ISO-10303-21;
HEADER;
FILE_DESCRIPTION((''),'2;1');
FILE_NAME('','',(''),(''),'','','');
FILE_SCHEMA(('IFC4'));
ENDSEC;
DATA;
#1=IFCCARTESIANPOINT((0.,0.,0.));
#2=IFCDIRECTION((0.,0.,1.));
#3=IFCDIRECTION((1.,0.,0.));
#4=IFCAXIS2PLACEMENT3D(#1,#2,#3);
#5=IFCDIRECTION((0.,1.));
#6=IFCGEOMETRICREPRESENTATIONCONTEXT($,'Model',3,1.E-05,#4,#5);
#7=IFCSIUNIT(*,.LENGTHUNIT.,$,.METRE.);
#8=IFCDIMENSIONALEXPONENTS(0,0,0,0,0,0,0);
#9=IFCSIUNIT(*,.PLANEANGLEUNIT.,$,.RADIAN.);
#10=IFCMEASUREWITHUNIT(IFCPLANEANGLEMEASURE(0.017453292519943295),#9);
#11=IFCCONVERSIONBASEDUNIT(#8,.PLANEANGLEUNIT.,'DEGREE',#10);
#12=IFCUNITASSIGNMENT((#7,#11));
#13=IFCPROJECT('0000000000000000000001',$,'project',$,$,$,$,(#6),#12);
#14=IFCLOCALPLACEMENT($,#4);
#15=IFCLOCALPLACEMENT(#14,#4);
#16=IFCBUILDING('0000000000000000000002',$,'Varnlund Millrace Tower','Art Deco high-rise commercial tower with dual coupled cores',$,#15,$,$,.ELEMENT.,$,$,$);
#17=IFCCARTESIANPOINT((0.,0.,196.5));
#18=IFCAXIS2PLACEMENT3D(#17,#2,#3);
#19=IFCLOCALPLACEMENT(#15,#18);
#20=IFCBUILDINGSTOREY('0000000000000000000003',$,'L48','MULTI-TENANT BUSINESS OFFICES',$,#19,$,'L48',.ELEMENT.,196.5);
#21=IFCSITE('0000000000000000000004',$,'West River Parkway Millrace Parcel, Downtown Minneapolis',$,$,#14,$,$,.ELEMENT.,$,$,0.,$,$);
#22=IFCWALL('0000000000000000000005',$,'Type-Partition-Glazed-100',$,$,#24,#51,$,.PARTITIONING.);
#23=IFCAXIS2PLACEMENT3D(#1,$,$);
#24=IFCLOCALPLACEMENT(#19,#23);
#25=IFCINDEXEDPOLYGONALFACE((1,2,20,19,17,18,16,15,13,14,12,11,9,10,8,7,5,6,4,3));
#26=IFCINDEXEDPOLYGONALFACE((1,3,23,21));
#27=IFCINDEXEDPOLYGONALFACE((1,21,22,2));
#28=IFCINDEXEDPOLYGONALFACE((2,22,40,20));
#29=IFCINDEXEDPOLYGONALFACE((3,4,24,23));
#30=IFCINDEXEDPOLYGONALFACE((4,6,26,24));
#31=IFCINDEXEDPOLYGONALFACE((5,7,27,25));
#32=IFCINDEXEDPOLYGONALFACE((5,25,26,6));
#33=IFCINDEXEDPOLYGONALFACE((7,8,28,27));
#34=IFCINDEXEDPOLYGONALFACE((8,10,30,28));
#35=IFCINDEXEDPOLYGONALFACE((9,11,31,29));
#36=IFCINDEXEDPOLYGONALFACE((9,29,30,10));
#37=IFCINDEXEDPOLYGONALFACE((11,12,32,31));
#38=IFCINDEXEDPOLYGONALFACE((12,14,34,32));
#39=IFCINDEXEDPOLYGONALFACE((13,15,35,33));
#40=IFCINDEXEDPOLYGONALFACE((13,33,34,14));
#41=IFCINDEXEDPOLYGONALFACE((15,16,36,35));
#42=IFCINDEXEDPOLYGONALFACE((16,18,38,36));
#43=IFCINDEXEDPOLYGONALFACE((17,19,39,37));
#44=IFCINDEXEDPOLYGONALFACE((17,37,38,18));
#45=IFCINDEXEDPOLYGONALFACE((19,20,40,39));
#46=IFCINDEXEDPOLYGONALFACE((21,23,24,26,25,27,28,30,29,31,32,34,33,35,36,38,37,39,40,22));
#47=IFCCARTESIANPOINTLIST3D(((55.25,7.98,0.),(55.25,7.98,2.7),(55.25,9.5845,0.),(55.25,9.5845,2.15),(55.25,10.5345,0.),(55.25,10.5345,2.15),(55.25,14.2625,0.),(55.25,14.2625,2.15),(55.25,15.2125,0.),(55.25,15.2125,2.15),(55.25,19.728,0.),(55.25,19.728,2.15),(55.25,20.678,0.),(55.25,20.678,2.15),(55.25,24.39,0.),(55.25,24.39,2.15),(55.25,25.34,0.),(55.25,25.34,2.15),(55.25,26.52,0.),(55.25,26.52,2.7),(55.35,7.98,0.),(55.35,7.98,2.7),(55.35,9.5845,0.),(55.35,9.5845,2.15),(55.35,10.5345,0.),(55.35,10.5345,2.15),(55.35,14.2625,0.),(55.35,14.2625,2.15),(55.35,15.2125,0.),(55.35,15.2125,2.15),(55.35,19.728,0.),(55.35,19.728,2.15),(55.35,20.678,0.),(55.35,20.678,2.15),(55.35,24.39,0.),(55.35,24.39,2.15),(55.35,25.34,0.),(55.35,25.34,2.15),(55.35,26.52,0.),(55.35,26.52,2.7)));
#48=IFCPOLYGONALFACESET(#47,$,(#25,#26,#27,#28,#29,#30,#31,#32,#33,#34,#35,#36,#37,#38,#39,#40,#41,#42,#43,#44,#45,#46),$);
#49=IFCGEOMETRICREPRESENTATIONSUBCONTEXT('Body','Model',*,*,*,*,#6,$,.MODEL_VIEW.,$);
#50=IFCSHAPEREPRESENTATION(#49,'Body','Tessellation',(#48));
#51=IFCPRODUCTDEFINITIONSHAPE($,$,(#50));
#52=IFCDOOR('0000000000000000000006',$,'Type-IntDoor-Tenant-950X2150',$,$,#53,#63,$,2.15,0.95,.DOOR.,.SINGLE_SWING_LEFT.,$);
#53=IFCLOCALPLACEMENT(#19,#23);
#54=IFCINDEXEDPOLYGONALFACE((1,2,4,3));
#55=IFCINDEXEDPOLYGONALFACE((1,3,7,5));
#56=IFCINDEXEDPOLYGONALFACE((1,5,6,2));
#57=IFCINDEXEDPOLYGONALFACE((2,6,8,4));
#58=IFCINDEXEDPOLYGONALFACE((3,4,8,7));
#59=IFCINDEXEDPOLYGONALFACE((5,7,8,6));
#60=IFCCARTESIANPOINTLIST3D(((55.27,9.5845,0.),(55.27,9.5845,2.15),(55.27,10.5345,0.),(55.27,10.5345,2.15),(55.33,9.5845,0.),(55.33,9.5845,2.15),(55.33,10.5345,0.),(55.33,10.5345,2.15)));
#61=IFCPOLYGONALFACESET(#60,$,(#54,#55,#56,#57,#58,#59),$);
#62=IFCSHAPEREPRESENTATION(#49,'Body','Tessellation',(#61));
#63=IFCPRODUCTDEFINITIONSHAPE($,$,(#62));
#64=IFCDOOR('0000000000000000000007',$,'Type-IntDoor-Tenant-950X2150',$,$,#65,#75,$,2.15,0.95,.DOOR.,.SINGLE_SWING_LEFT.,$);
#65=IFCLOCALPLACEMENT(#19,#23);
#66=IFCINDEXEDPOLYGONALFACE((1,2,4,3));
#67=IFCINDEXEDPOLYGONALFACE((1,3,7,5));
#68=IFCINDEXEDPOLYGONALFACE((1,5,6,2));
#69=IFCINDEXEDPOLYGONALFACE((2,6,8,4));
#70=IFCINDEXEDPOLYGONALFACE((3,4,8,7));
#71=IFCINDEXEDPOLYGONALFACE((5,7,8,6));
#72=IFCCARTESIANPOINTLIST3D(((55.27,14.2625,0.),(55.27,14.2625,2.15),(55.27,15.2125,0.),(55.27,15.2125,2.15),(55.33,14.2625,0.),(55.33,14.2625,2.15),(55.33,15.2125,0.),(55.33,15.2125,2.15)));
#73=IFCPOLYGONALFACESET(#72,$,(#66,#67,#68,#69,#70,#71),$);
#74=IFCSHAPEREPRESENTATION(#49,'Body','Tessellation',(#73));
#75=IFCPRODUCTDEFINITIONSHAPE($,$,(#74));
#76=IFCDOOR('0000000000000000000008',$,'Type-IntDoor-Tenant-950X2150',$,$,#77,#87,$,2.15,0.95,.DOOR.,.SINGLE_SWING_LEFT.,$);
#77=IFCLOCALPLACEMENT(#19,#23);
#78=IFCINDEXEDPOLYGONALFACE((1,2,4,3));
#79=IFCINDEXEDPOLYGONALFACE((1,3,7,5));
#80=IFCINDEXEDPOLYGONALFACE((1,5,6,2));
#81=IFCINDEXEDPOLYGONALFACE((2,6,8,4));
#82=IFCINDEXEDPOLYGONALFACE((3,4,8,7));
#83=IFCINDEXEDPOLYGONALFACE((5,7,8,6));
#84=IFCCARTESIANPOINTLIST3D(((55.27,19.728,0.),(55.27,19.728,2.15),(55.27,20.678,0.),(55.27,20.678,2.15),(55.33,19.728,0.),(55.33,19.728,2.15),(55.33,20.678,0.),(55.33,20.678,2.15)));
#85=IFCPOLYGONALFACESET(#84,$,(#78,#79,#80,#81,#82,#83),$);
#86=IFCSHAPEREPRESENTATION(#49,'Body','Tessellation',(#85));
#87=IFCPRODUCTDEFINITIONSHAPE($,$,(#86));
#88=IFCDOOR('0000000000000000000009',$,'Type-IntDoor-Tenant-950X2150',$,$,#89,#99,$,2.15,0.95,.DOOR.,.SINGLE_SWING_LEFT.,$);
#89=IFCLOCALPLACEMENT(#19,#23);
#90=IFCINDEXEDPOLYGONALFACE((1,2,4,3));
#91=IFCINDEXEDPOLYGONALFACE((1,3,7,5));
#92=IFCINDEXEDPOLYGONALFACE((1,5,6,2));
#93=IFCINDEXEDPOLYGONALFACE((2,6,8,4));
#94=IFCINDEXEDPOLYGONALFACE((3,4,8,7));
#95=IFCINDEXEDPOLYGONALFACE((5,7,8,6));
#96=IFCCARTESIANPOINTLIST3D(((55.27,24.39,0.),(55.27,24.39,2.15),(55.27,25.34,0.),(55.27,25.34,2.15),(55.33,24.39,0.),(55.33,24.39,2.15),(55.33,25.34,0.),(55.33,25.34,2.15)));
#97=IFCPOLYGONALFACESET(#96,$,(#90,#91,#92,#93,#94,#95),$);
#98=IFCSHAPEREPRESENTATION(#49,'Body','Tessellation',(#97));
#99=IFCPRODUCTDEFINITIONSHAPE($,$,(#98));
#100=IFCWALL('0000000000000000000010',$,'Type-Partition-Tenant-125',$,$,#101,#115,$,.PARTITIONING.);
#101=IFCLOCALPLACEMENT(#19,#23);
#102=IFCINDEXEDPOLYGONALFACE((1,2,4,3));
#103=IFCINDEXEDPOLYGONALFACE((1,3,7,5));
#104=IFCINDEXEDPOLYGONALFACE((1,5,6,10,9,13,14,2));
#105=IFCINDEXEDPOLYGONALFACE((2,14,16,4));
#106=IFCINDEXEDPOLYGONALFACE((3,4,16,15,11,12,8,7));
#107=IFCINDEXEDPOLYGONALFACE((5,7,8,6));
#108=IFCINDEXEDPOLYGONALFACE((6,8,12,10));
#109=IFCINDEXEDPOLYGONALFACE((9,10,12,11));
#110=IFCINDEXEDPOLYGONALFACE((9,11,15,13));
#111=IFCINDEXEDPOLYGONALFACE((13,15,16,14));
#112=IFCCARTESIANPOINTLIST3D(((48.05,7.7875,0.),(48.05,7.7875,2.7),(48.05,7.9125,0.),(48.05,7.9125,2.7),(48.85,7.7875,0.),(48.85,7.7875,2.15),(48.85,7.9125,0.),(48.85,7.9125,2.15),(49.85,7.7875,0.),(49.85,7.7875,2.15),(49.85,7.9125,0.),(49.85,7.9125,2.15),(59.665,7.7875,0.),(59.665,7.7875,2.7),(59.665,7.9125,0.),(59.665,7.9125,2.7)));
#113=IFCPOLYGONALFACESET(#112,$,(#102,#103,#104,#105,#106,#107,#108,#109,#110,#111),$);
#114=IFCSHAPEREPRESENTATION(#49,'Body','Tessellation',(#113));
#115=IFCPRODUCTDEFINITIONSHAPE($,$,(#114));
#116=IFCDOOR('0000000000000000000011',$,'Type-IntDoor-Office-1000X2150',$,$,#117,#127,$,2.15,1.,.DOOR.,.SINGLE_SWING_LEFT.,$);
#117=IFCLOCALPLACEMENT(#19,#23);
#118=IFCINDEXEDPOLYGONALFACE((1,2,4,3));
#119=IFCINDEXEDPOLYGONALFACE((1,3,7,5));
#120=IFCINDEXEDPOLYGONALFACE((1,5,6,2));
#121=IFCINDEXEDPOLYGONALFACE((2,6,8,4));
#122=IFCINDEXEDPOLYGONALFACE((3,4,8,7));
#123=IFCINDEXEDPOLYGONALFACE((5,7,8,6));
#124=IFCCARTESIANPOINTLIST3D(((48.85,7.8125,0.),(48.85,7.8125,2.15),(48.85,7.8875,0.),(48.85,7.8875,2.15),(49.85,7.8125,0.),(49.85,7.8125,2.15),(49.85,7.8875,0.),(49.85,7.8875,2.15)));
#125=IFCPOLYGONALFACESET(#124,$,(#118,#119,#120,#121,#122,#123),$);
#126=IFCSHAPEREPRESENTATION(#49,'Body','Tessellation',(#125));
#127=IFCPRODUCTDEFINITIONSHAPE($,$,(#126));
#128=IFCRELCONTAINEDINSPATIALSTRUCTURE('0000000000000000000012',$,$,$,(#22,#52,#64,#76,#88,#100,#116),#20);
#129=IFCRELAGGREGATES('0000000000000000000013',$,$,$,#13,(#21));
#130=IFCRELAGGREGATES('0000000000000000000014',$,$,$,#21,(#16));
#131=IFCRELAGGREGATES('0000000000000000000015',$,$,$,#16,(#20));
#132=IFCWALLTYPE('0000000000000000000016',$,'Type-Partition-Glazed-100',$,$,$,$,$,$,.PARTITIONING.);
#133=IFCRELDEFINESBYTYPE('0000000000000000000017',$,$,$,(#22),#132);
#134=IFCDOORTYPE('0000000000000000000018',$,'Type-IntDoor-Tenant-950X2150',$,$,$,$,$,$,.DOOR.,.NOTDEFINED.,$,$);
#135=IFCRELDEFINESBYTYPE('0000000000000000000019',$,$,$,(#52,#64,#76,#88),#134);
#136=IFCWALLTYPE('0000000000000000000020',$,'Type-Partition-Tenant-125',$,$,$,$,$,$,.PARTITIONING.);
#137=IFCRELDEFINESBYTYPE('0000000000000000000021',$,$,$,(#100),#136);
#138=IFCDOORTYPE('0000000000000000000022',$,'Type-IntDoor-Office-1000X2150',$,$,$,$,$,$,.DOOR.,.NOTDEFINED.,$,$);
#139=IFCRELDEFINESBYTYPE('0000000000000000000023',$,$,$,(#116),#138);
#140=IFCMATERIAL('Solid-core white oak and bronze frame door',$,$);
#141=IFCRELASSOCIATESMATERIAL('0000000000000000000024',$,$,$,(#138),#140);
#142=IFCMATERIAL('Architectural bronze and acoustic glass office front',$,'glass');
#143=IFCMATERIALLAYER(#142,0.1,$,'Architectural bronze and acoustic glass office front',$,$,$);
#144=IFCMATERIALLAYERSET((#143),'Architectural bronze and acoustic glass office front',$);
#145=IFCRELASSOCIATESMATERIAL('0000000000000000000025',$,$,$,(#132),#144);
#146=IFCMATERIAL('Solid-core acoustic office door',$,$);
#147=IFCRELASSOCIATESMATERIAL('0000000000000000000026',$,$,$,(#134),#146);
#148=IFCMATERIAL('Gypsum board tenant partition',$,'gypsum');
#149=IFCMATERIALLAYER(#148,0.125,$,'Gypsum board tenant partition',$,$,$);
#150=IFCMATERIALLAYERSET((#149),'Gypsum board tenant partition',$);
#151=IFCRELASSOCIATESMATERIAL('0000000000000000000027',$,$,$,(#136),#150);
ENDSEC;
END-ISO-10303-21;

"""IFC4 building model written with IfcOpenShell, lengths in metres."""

from ifc_helpers import new_model, entity, si_unit, converted_unit, direction, frame, origin_with_axes, origin_2d_with_axis, place, context, subcontext, project, spatial, polyline, rectangle, outline, extrude, material, layer, layer_set, type_object, element, fill, save


model = new_model("IFC4")

# Units and contexts
model_context = context("Model", 3, precision=1e-05, world=origin_with_axes(), true_north=direction((0.0, 1.0)))
body_context = subcontext(model_context, "Body", "Model", "MODEL_VIEW")
ifc_project = project(units=[si_unit("LENGTHUNIT", "METRE"), converted_unit("PLANEANGLEUNIT", "DEGREE", entity("IfcPlaneAngleMeasure", 0.017453292519943295), si_unit("PLANEANGLEUNIT", "RADIAN"), dimensions=[0, 0, 0, 0, 0, 0, 0])], contexts=[model_context])

# Site, building, storey
site_placement = place(None, origin_with_axes())
site = spatial("IfcSite", under=ifc_project, at=site_placement, Name="West River Parkway Millrace Parcel, Downtown Minneapolis", CompositionType="ELEMENT", RefElevation=0.0)
building_placement = place(site_placement, origin_with_axes())
building = spatial("IfcBuilding", under=site, at=building_placement, Name="Varnlund Millrace Tower", Description="Art Deco high-rise commercial tower with dual coupled cores", CompositionType="ELEMENT")
storey_placement = place(building_placement, frame((0.0, 0.0, 196.5), z_axis=(0.0, 0.0, 1.0), x_axis=(1.0, 0.0, 0.0)))
storey = spatial("IfcBuildingStorey", under=building, at=storey_placement, Name="L48", Description="MULTI-TENANT BUSINESS OFFICES", LongName="L48", CompositionType="ELEMENT", Elevation=196.5)

# Wall, openings, doors
ifc_material_1 = material(Name="Solid-core white oak and bronze frame door")
door_type_1 = type_object("IfcDoorType", Name="Type-IntDoor-Office-1000X2150", OperationType="NOTDEFINED", PredefinedType="DOOR", material=ifc_material_1)
ifc_material_2 = material(Name="Architectural bronze and acoustic glass office front", Category="glass")
ifc_layer_1 = layer(ifc_material_2, 0.1, Name="Architectural bronze and acoustic glass office front")
ifc_layer_set_1 = layer_set([ifc_layer_1], Name="Architectural bronze and acoustic glass office front")
wall_type_1 = type_object("IfcWallType", Name="Type-Partition-Glazed-100", PredefinedType="PARTITIONING", material=ifc_layer_set_1)
wall_1_placement = place(storey_placement, frame((55.3, 7.98, 0.0), z_axis=(0.0, 0.0, 1.0), x_axis=(0.0, 1.0, 0.0)))
wall_1 = element("IfcWall", 1, at=wall_1_placement, inside=storey, type_object=wall_type_1, Name="Type-Partition-Glazed-100", PredefinedType="PARTITIONING", context=body_context, shape_type="SweptSolid", body=[
    extrude(outline(polyline([(0.0, -0.05), (18.54, -0.05), (18.54, 0.05), (0.0, 0.05), (0.0, -0.05)])), origin_with_axes(), (0.0, 0.0, 1.0), 2.7),
])
opening_1_placement = place(wall_1_placement, frame((2.0795, 0.0, 0.0), z_axis=(0.0, 0.0, 1.0), x_axis=(1.0, 0.0, 0.0)))
opening_1 = element("IfcOpeningElement", 2, at=opening_1_placement, cuts=wall_1, PredefinedType="OPENING", context=body_context, shape_type="SweptSolid", body=[
    extrude(rectangle(XDim=0.95, YDim=0.12, at=origin_2d_with_axis()), origin_with_axes(), (0.0, 0.0, 1.0), 2.15),
])
opening_2_placement = place(wall_1_placement, frame((6.7575, 0.0, 0.0), z_axis=(0.0, 0.0, 1.0), x_axis=(1.0, 0.0, 0.0)))
opening_2 = element("IfcOpeningElement", 3, at=opening_2_placement, cuts=wall_1, PredefinedType="OPENING", context=body_context, shape_type="SweptSolid", body=[
    extrude(rectangle(XDim=0.95, YDim=0.12, at=origin_2d_with_axis()), origin_with_axes(), (0.0, 0.0, 1.0), 2.15),
])
opening_3_placement = place(wall_1_placement, frame((12.223, 0.0, 0.0), z_axis=(0.0, 0.0, 1.0), x_axis=(1.0, 0.0, 0.0)))
opening_3 = element("IfcOpeningElement", 4, at=opening_3_placement, cuts=wall_1, PredefinedType="OPENING", context=body_context, shape_type="SweptSolid", body=[
    extrude(rectangle(XDim=0.95, YDim=0.12, at=origin_2d_with_axis()), origin_with_axes(), (0.0, 0.0, 1.0), 2.15),
])
opening_4_placement = place(wall_1_placement, frame((16.885, 0.0, 0.0), z_axis=(0.0, 0.0, 1.0), x_axis=(1.0, 0.0, 0.0)))
opening_4 = element("IfcOpeningElement", 5, at=opening_4_placement, cuts=wall_1, PredefinedType="OPENING", context=body_context, shape_type="SweptSolid", body=[
    extrude(rectangle(XDim=0.95, YDim=0.12, at=origin_2d_with_axis()), origin_with_axes(), (0.0, 0.0, 1.0), 2.15),
])
ifc_material_3 = material(Name="Solid-core acoustic office door")
door_type_2 = type_object("IfcDoorType", Name="Type-IntDoor-Tenant-950X2150", OperationType="NOTDEFINED", PredefinedType="DOOR", material=ifc_material_3)
door_1_placement = place(wall_1_placement, frame((2.0795, 0.0, 0.0), z_axis=(0.0, 0.0, 1.0), x_axis=(1.0, 0.0, 0.0)))
door_1 = element("IfcDoor", 6, at=door_1_placement, inside=storey, type_object=door_type_2, Name="Type-IntDoor-Tenant-950X2150", OperationType="SINGLE_SWING_LEFT", OverallHeight=2.15, OverallWidth=0.95, PredefinedType="DOOR", context=body_context, shape_type="SweptSolid", body=[
    extrude(rectangle(XDim=0.95, YDim=0.06, at=origin_2d_with_axis()), origin_with_axes(), (0.0, 0.0, 1.0), 2.15),
])
fill(opening_1, door_1)
door_2_placement = place(wall_1_placement, frame((6.7575, 0.0, 0.0), z_axis=(0.0, 0.0, 1.0), x_axis=(1.0, 0.0, 0.0)))
door_2 = element("IfcDoor", 7, at=door_2_placement, inside=storey, type_object=door_type_2, Name="Type-IntDoor-Tenant-950X2150", OperationType="SINGLE_SWING_LEFT", OverallHeight=2.15, OverallWidth=0.95, PredefinedType="DOOR", context=body_context, shape_type="SweptSolid", body=[
    extrude(rectangle(XDim=0.95, YDim=0.06, at=origin_2d_with_axis()), origin_with_axes(), (0.0, 0.0, 1.0), 2.15),
])
fill(opening_2, door_2)
door_3_placement = place(wall_1_placement, frame((12.223, 0.0, 0.0), z_axis=(0.0, 0.0, 1.0), x_axis=(1.0, 0.0, 0.0)))
door_3 = element("IfcDoor", 8, at=door_3_placement, inside=storey, type_object=door_type_2, Name="Type-IntDoor-Tenant-950X2150", OperationType="SINGLE_SWING_LEFT", OverallHeight=2.15, OverallWidth=0.95, PredefinedType="DOOR", context=body_context, shape_type="SweptSolid", body=[
    extrude(rectangle(XDim=0.95, YDim=0.06, at=origin_2d_with_axis()), origin_with_axes(), (0.0, 0.0, 1.0), 2.15),
])
fill(opening_3, door_3)
door_4_placement = place(wall_1_placement, frame((16.885, 0.0, 0.0), z_axis=(0.0, 0.0, 1.0), x_axis=(1.0, 0.0, 0.0)))
door_4 = element("IfcDoor", 9, at=door_4_placement, inside=storey, type_object=door_type_2, Name="Type-IntDoor-Tenant-950X2150", OperationType="SINGLE_SWING_LEFT", OverallHeight=2.15, OverallWidth=0.95, PredefinedType="DOOR", context=body_context, shape_type="SweptSolid", body=[
    extrude(rectangle(XDim=0.95, YDim=0.06, at=origin_2d_with_axis()), origin_with_axes(), (0.0, 0.0, 1.0), 2.15),
])
fill(opening_4, door_4)

# Wall, opening, door
ifc_material_4 = material(Name="Gypsum board tenant partition", Category="gypsum")
ifc_layer_2 = layer(ifc_material_4, 0.125, Name="Gypsum board tenant partition")
ifc_layer_set_2 = layer_set([ifc_layer_2], Name="Gypsum board tenant partition")
wall_type_2 = type_object("IfcWallType", Name="Type-Partition-Tenant-125", PredefinedType="PARTITIONING", material=ifc_layer_set_2)
wall_2_placement = place(storey_placement, frame((59.665, 7.85, 0.0), z_axis=(0.0, 0.0, 1.0), x_axis=(-1.0, 0.0, 0.0)))
wall_2 = element("IfcWall", 10, at=wall_2_placement, inside=storey, type_object=wall_type_2, Name="Type-Partition-Tenant-125", PredefinedType="PARTITIONING", context=body_context, shape_type="SweptSolid", body=[
    extrude(outline(polyline([(0.0, -0.0625), (11.615, -0.0625), (11.615, 0.0625), (0.0, 0.0625), (0.0, -0.0625)])), origin_with_axes(), (0.0, 0.0, 1.0), 2.7),
])
opening_5_placement = place(wall_2_placement, frame((10.315, 0.0, 0.0), z_axis=(0.0, 0.0, 1.0), x_axis=(1.0, 0.0, 0.0)))
opening_5 = element("IfcOpeningElement", 11, at=opening_5_placement, cuts=wall_2, PredefinedType="OPENING", context=body_context, shape_type="SweptSolid", body=[
    extrude(rectangle(XDim=1.0, YDim=0.145, at=origin_2d_with_axis()), origin_with_axes(), (0.0, 0.0, 1.0), 2.15),
])
door_5_placement = place(wall_2_placement, frame((10.315, 0.0, 0.0), z_axis=(0.0, 0.0, 1.0), x_axis=(1.0, 0.0, 0.0)))
door_5 = element("IfcDoor", 12, at=door_5_placement, inside=storey, type_object=door_type_1, Name="Type-IntDoor-Office-1000X2150", OperationType="SINGLE_SWING_LEFT", OverallHeight=2.15, OverallWidth=1.0, PredefinedType="DOOR", context=body_context, shape_type="SweptSolid", body=[
    extrude(rectangle(XDim=1.0, YDim=0.075, at=origin_2d_with_axis()), origin_with_axes(), (0.0, 0.0, 1.0), 2.15),
])
fill(opening_5, door_5)

save(model, "model.ifc")
